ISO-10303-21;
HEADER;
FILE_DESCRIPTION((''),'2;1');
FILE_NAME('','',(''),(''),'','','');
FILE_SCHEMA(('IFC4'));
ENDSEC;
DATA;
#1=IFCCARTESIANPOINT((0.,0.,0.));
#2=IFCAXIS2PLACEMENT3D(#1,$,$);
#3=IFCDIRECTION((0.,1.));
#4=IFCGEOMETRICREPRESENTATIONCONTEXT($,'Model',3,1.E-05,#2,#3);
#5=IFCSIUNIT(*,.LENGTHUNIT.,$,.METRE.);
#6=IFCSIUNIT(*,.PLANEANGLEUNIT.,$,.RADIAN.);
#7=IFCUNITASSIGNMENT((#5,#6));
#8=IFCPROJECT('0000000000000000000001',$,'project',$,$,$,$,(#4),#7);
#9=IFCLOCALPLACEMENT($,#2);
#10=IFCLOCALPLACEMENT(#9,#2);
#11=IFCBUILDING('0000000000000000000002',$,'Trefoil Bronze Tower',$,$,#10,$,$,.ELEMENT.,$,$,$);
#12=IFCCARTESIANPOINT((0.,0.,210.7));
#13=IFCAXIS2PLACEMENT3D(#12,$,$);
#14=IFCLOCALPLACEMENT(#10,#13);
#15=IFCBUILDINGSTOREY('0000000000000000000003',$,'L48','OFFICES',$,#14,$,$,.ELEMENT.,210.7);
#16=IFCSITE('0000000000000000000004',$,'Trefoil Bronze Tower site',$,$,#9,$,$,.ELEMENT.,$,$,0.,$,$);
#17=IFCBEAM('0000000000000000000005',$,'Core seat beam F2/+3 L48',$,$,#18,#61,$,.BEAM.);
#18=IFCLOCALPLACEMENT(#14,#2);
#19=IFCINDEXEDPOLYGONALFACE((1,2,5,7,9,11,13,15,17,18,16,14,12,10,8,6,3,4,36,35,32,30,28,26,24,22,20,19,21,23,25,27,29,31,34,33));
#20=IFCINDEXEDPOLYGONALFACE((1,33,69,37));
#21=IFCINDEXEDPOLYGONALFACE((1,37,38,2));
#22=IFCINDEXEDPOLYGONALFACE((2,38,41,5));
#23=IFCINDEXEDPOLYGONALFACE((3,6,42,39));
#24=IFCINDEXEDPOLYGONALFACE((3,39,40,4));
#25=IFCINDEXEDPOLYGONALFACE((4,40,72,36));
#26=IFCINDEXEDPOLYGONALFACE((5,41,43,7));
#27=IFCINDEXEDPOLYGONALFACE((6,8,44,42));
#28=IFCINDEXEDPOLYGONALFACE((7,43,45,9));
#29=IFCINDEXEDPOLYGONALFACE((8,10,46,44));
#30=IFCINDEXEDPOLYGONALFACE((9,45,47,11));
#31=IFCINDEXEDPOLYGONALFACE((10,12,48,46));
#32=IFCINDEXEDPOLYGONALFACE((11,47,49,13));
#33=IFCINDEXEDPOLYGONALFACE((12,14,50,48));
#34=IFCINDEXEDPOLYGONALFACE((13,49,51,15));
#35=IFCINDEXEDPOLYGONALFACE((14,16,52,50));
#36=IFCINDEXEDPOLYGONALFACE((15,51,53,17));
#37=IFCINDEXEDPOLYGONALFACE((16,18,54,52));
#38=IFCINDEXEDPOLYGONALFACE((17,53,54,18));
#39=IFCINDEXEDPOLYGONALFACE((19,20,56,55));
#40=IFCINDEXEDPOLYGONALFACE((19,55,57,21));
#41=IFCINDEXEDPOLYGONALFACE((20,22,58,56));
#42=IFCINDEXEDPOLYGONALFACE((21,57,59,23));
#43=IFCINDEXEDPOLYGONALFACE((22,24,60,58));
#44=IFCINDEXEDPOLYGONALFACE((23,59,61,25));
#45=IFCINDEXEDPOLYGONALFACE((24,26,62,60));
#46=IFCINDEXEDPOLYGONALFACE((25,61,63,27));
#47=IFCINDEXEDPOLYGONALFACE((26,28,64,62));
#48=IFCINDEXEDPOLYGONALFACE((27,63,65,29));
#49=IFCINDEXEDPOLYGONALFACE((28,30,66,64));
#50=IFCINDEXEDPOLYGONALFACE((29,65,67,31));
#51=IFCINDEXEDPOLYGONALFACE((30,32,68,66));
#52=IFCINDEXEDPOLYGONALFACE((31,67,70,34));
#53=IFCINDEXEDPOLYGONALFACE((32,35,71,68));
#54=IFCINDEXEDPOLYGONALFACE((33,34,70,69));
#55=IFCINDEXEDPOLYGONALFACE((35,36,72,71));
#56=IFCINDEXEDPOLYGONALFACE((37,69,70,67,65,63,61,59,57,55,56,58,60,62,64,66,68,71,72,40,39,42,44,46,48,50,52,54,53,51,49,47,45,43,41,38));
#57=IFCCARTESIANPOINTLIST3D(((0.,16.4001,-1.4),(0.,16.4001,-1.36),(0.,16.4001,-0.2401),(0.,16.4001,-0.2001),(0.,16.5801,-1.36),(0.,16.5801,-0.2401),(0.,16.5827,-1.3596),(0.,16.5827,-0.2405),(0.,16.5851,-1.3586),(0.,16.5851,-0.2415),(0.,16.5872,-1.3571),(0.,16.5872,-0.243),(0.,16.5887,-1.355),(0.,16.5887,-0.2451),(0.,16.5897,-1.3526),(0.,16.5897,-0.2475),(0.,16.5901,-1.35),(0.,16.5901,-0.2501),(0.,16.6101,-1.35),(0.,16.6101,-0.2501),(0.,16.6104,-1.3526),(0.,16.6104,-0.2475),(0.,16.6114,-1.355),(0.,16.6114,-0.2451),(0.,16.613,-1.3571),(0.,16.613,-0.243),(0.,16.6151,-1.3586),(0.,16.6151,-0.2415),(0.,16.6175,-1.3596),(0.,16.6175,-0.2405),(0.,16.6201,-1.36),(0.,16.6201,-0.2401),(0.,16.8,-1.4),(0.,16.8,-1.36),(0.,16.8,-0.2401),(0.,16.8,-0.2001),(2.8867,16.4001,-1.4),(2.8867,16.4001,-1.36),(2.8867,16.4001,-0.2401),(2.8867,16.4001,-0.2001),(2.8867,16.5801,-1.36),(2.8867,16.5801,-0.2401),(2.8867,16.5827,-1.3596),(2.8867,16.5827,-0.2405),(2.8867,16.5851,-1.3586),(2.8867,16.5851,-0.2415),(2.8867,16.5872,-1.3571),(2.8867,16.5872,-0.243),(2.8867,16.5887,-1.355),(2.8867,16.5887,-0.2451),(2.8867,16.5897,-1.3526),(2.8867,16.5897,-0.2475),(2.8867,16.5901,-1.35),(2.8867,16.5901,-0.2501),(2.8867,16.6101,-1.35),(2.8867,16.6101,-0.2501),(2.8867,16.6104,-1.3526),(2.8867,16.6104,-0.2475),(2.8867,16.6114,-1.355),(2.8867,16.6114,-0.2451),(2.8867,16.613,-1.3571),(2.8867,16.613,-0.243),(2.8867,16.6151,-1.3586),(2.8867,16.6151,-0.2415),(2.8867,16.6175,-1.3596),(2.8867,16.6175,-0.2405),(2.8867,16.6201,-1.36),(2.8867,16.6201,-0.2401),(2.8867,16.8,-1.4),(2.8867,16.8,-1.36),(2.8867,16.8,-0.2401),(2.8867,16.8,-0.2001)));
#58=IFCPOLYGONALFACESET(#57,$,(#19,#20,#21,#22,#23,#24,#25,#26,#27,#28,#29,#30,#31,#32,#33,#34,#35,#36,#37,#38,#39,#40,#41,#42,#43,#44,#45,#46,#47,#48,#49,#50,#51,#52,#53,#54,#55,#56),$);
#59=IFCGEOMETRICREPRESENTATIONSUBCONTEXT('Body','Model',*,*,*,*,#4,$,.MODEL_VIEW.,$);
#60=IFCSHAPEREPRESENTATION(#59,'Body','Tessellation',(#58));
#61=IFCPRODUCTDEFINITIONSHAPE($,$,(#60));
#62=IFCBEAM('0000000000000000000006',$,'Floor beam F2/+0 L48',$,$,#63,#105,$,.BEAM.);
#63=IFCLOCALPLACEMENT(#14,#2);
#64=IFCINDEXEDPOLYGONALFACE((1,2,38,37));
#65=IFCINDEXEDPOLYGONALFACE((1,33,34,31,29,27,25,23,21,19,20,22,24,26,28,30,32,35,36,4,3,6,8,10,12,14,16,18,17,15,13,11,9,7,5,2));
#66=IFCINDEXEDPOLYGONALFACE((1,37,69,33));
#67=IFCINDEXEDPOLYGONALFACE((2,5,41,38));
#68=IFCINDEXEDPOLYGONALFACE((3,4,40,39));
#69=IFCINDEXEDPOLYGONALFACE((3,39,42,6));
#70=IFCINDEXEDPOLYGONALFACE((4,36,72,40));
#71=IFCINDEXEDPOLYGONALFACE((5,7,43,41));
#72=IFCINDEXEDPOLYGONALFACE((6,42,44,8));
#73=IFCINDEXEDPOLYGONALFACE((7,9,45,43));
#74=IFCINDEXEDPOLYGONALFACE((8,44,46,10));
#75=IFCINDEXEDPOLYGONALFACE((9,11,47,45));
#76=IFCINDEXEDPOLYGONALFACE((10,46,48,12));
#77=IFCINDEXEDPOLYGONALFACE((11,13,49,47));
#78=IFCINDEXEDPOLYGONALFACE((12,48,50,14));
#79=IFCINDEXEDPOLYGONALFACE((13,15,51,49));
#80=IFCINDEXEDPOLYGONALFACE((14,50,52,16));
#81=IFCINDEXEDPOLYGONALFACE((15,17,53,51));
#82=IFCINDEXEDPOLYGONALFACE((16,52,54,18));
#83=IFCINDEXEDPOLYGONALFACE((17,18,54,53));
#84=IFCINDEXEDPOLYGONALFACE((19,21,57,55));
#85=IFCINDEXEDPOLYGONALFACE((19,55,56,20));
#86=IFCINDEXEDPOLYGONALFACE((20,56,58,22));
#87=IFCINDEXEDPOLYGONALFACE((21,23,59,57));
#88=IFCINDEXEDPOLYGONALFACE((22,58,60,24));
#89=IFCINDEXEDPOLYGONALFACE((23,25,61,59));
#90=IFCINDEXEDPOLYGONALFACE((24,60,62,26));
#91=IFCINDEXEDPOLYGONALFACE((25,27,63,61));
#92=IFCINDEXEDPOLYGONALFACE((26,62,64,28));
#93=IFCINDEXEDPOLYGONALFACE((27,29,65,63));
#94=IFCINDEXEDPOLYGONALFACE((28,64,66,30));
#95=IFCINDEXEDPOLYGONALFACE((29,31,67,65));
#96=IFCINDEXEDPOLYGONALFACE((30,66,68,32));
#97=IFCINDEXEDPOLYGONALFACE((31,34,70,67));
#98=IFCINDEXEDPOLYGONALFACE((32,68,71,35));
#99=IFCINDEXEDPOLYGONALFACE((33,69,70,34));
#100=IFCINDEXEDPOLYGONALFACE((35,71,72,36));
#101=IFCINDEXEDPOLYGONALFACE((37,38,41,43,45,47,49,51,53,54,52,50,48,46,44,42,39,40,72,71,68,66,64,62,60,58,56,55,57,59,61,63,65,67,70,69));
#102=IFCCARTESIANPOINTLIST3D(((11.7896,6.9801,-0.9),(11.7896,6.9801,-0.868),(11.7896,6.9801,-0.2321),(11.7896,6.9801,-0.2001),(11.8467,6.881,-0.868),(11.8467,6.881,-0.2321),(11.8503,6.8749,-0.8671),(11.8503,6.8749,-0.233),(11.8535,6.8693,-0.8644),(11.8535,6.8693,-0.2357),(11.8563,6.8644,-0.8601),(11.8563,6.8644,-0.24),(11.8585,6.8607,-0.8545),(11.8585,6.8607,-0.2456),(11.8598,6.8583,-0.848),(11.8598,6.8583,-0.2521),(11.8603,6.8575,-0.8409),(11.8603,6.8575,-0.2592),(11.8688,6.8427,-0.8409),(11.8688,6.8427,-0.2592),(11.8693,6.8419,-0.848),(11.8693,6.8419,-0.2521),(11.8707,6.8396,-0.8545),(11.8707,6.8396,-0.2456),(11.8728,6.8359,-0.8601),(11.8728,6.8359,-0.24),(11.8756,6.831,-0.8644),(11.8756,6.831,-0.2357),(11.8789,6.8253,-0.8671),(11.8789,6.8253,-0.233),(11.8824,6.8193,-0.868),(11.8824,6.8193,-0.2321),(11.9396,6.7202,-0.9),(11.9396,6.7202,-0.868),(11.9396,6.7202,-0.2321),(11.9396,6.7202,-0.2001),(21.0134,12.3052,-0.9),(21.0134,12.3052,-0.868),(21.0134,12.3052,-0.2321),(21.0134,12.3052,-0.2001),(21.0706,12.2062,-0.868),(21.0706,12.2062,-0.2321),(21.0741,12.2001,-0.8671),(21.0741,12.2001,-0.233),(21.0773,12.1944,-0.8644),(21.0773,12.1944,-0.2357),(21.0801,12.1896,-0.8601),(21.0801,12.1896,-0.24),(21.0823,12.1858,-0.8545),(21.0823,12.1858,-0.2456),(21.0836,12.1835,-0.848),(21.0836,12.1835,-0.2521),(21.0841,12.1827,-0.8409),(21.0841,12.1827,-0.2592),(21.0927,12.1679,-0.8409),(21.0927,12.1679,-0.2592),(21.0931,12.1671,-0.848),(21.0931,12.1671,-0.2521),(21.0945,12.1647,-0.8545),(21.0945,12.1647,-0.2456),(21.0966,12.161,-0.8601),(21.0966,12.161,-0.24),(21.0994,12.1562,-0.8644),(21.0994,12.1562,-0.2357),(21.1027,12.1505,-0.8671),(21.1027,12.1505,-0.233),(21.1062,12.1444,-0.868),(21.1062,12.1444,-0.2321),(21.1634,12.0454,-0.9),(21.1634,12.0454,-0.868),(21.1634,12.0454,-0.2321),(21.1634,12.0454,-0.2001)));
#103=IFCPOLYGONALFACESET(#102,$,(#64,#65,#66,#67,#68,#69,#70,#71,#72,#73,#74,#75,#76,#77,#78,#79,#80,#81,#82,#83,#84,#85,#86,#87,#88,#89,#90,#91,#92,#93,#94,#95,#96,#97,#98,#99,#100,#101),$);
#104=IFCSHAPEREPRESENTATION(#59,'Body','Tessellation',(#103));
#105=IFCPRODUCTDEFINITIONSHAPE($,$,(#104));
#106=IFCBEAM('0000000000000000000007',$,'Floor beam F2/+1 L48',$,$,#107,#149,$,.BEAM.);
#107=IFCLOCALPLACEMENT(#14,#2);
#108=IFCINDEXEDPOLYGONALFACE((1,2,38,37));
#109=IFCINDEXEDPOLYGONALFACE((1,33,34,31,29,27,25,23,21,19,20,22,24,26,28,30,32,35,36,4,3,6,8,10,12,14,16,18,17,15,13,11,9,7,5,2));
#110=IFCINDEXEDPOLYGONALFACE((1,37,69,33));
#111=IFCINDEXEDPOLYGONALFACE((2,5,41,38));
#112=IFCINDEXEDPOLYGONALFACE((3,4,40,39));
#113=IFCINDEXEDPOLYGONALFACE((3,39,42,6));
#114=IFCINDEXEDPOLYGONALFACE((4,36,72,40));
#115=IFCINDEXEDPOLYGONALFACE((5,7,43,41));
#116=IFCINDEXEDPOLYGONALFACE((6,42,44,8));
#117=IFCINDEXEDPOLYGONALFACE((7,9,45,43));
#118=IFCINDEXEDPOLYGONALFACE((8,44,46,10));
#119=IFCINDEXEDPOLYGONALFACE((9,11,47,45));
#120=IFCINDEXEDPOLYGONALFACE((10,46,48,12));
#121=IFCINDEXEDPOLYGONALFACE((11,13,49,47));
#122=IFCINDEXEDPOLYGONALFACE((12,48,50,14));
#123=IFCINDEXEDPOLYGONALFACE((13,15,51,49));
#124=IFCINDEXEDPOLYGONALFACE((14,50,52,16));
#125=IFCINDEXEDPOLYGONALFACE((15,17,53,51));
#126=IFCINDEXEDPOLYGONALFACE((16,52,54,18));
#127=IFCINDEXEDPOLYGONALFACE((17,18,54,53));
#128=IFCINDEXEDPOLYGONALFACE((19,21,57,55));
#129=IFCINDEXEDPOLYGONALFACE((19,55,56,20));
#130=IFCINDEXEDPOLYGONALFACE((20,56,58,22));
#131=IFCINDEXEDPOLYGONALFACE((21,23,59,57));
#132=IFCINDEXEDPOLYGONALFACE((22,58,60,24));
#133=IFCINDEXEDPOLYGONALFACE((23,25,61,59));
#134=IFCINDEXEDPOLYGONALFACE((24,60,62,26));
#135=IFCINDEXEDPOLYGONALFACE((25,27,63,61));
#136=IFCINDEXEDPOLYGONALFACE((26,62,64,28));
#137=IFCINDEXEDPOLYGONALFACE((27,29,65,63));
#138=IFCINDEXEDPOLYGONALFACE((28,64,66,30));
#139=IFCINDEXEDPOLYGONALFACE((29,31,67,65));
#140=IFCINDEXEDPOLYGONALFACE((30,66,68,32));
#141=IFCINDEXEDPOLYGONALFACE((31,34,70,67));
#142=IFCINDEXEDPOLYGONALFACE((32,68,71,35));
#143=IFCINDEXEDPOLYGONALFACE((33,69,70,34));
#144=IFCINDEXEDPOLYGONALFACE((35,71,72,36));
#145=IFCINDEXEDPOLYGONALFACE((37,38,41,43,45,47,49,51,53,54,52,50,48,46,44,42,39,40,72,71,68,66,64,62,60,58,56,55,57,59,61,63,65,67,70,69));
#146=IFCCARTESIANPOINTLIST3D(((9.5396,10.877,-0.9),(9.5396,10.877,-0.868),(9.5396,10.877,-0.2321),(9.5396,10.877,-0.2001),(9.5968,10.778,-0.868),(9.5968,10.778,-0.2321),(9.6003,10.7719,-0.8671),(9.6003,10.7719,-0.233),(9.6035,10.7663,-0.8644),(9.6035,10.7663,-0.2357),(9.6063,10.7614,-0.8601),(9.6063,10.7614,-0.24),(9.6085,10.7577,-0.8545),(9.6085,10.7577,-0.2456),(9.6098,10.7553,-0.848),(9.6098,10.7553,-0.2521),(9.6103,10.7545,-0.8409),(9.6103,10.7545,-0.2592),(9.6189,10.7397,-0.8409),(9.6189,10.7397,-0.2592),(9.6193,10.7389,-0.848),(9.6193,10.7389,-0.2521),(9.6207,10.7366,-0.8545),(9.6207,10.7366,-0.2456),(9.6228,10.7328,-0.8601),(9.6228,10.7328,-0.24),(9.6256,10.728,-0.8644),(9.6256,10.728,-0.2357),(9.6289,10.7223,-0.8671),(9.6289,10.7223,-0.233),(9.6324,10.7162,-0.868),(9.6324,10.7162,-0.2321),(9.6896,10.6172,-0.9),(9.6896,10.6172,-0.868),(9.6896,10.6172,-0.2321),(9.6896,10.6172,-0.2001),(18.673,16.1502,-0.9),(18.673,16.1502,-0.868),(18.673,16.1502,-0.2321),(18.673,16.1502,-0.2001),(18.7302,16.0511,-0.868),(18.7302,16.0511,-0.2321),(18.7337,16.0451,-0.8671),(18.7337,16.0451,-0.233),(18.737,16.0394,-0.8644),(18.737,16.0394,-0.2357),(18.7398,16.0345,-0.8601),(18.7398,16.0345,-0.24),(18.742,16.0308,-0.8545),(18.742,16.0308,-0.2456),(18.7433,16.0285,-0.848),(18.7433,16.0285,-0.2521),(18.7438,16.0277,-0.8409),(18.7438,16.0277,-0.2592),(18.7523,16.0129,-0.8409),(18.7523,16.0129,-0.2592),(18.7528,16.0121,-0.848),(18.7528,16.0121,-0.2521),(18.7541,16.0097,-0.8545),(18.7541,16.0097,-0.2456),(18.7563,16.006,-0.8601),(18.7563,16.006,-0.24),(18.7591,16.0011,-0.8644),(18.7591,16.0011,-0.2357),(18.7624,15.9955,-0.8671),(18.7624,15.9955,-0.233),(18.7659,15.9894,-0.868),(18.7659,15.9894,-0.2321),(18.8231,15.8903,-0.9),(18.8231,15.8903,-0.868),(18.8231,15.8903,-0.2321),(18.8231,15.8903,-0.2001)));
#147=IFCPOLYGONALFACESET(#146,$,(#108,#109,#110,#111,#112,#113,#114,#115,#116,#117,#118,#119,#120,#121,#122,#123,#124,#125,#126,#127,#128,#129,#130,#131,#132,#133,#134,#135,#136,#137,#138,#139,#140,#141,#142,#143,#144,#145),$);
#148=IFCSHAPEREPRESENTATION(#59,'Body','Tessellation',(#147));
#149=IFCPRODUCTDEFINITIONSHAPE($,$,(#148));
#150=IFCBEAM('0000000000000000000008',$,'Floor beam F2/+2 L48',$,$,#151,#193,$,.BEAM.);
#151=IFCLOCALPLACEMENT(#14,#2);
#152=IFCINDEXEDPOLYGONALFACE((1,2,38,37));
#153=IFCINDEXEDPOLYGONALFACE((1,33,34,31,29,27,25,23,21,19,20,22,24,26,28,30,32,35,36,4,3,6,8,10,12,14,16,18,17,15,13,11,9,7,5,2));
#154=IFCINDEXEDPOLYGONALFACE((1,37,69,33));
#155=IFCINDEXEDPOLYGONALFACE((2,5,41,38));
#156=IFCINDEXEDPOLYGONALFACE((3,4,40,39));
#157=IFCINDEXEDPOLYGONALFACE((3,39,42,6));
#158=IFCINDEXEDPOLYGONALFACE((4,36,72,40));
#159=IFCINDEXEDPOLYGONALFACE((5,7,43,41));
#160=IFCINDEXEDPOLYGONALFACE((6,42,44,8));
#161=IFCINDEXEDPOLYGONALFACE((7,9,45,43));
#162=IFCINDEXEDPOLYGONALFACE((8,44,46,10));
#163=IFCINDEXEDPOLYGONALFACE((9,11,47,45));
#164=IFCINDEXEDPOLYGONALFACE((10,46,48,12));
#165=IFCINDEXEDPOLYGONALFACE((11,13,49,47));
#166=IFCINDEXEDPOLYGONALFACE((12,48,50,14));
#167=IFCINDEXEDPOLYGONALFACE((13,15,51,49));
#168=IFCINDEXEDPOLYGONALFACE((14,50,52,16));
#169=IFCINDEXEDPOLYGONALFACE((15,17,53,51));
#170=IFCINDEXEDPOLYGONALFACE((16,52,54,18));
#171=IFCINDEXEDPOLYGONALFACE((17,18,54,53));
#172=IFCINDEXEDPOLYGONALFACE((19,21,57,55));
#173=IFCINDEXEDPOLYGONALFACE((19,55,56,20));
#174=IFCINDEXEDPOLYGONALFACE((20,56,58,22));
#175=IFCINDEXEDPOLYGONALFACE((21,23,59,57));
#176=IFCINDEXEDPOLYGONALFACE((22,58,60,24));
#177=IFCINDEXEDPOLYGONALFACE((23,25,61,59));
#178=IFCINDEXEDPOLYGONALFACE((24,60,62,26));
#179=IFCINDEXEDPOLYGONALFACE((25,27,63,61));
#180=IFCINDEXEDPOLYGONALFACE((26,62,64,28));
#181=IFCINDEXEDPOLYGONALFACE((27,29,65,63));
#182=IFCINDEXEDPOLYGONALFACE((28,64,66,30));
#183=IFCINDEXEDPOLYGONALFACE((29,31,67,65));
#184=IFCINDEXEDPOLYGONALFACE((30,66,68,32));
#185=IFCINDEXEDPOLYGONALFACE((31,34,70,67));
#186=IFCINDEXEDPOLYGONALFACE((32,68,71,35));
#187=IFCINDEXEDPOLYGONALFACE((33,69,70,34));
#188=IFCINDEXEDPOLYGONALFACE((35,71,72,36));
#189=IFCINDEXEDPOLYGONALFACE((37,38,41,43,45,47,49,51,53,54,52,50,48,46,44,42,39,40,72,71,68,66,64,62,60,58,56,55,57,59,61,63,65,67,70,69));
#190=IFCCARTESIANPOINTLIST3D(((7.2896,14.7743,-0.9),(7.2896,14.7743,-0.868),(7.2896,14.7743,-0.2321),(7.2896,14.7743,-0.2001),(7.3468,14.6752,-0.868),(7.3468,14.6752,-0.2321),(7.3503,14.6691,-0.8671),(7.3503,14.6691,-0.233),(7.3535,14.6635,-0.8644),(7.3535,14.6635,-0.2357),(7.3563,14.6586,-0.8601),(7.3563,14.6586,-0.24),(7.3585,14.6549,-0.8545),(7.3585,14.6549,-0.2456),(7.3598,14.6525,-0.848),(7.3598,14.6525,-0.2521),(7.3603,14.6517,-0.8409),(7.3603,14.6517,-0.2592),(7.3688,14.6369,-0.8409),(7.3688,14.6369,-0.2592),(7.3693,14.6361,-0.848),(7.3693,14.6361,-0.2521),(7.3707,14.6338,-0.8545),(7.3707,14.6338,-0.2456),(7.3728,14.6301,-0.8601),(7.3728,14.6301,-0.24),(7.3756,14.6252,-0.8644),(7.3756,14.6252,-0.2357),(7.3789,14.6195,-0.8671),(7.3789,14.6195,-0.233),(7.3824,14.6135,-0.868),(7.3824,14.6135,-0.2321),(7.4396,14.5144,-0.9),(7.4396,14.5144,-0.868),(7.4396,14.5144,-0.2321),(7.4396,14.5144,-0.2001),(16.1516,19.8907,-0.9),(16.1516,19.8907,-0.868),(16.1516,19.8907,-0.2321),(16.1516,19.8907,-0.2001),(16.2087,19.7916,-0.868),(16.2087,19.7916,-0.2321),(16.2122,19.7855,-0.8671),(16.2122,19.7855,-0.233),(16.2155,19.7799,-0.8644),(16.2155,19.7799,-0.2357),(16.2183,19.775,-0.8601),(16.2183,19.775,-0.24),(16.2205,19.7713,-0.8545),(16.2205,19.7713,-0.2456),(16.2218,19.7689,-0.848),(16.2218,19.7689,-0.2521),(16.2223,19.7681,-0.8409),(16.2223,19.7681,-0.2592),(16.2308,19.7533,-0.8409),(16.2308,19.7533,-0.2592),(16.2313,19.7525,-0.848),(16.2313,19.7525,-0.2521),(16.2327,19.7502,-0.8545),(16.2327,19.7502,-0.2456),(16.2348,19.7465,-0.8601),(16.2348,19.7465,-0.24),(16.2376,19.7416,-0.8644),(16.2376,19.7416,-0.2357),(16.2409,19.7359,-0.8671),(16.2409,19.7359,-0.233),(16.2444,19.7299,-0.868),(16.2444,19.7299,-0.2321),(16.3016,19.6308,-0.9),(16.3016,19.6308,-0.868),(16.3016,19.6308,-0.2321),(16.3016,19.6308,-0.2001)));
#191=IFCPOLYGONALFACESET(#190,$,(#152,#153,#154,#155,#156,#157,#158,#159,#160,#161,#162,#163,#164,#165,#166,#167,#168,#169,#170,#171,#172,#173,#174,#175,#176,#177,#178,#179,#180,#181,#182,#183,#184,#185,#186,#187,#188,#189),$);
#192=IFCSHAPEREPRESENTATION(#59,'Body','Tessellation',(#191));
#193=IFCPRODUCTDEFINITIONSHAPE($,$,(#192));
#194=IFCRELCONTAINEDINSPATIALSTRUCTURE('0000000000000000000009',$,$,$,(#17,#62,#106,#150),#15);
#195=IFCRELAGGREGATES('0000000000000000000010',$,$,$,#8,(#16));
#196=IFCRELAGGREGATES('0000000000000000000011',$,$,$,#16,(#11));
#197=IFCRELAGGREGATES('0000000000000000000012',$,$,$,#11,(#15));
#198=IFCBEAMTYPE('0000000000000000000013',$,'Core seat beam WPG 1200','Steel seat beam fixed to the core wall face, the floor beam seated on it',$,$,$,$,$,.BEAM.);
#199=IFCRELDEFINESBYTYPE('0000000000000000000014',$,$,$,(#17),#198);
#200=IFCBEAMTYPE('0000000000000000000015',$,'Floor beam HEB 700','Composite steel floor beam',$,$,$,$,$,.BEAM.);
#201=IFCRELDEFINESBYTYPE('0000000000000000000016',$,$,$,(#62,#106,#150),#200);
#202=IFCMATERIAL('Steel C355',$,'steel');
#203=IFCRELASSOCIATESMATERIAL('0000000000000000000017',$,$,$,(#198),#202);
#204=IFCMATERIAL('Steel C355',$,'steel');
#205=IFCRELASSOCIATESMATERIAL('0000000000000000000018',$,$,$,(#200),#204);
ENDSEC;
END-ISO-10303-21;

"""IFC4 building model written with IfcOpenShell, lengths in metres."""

from ifc_helpers import new_model, si_unit, direction, frame, origin, origin_2d, place, context, subcontext, project, spatial, i_section, extrude, material, material_profile, profile_set, type_object, element, save


model = new_model("IFC4")

# Units and contexts
model_context = context("Model", 3, precision=1e-05, world=origin(), true_north=direction((0.0, 1.0)))
body_context = subcontext(model_context, "Body", "Model", "MODEL_VIEW")
ifc_project = project(units=[si_unit("LENGTHUNIT", "METRE"), si_unit("PLANEANGLEUNIT", "RADIAN")], contexts=[model_context])

# Site, building, storey
site_placement = place(None, origin())
site = spatial("IfcSite", under=ifc_project, at=site_placement, Name="Trefoil Bronze Tower site", CompositionType="ELEMENT", RefElevation=0.0)
building_placement = place(site_placement, origin())
building = spatial("IfcBuilding", under=site, at=building_placement, Name="Trefoil Bronze Tower", CompositionType="ELEMENT")
storey_placement = place(building_placement, frame((0.0, 0.0, 210.7)))
storey = spatial("IfcBuildingStorey", under=building, at=storey_placement, Name="L48", Description="OFFICES", CompositionType="ELEMENT", Elevation=210.7)

# Beams
ifc_material_1 = material(Name="Steel C355", Category="steel")
ifc_material_profile_1 = material_profile(ifc_material_1, i_section(OverallWidth=0.3999, OverallDepth=1.2, WebThickness=0.02, FlangeThickness=0.04, FilletRadius=0.01, at=origin_2d()), Name="WPG 1200")
ifc_profile_set_1 = profile_set([ifc_material_profile_1], Name="Steel C355")
beam_type_1 = type_object("IfcBeamType", Name="Core seat beam WPG 1200", Description="Steel seat beam fixed to the core wall face, the floor beam seated on it", PredefinedType="BEAM", material=ifc_profile_set_1)
beam_1_placement = place(storey_placement, frame((2.8867, 16.6001, -0.8), z_axis=(-1.0, 0.0, 0.0), x_axis=(0.0, -1.0, 0.0)))
element("IfcBeam", 1, at=beam_1_placement, inside=storey, type_object=beam_type_1, Name="Core seat beam F2/+3 L48", PredefinedType="BEAM", context=body_context, shape_type="SweptSolid", body=[
    extrude(i_section(OverallWidth=0.3999, OverallDepth=1.2, WebThickness=0.02, FlangeThickness=0.04, FilletRadius=0.01, at=origin_2d()), origin(), (0.0, 0.0, 1.0), 2.8867),
])
ifc_material_2 = material(Name="Steel C355", Category="steel")
ifc_material_profile_2 = material_profile(ifc_material_2, i_section(OverallWidth=0.3, OverallDepth=0.7, WebThickness=0.0171, FlangeThickness=0.032, FilletRadius=0.0271, at=origin_2d()), Name="HEB 700")
ifc_profile_set_2 = profile_set([ifc_material_profile_2], Name="Steel C355")
beam_type_2 = type_object("IfcBeamType", Name="Floor beam HEB 700", Description="Composite steel floor beam", PredefinedType="BEAM", material=ifc_profile_set_2)
beam_2_placement = place(storey_placement, frame((21.0884, 12.1753, -0.55), z_axis=(-0.866034, -0.499985, 0.0), x_axis=(0.499985, -0.866034, 0.0)))
element("IfcBeam", 2, at=beam_2_placement, inside=storey, type_object=beam_type_2, Name="Floor beam F2/+0 L48", PredefinedType="BEAM", context=body_context, shape_type="SweptSolid", body=[
    extrude(i_section(OverallWidth=0.3, OverallDepth=0.7, WebThickness=0.0171, FlangeThickness=0.032, FilletRadius=0.0271, at=origin_2d()), origin(), (0.0, 0.0, 1.0), 10.6506),
])
beam_3_placement = place(storey_placement, frame((18.748, 16.0203, -0.55), z_axis=(-0.866028, -0.499996, 0.0), x_axis=(0.499996, -0.866028, 0.0)))
element("IfcBeam", 3, at=beam_3_placement, inside=storey, type_object=beam_type_2, Name="Floor beam F2/+1 L48", PredefinedType="BEAM", context=body_context, shape_type="SweptSolid", body=[
    extrude(i_section(OverallWidth=0.3, OverallDepth=0.7, WebThickness=0.0171, FlangeThickness=0.032, FilletRadius=0.0271, at=origin_2d()), origin(), (0.0, 0.0, 1.0), 10.5464),
])
beam_4_placement = place(storey_placement, frame((16.2266, 19.7607, -0.55), z_axis=(-0.866028, -0.499996, 0.0), x_axis=(0.499996, -0.866028, 0.0)))
element("IfcBeam", 4, at=beam_4_placement, inside=storey, type_object=beam_type_2, Name="Floor beam F2/+2 L48", PredefinedType="BEAM", context=body_context, shape_type="SweptSolid", body=[
    extrude(i_section(OverallWidth=0.3, OverallDepth=0.7, WebThickness=0.0171, FlangeThickness=0.032, FilletRadius=0.0271, at=origin_2d()), origin(), (0.0, 0.0, 1.0), 10.2329),
])

save(model, "model.ifc")
